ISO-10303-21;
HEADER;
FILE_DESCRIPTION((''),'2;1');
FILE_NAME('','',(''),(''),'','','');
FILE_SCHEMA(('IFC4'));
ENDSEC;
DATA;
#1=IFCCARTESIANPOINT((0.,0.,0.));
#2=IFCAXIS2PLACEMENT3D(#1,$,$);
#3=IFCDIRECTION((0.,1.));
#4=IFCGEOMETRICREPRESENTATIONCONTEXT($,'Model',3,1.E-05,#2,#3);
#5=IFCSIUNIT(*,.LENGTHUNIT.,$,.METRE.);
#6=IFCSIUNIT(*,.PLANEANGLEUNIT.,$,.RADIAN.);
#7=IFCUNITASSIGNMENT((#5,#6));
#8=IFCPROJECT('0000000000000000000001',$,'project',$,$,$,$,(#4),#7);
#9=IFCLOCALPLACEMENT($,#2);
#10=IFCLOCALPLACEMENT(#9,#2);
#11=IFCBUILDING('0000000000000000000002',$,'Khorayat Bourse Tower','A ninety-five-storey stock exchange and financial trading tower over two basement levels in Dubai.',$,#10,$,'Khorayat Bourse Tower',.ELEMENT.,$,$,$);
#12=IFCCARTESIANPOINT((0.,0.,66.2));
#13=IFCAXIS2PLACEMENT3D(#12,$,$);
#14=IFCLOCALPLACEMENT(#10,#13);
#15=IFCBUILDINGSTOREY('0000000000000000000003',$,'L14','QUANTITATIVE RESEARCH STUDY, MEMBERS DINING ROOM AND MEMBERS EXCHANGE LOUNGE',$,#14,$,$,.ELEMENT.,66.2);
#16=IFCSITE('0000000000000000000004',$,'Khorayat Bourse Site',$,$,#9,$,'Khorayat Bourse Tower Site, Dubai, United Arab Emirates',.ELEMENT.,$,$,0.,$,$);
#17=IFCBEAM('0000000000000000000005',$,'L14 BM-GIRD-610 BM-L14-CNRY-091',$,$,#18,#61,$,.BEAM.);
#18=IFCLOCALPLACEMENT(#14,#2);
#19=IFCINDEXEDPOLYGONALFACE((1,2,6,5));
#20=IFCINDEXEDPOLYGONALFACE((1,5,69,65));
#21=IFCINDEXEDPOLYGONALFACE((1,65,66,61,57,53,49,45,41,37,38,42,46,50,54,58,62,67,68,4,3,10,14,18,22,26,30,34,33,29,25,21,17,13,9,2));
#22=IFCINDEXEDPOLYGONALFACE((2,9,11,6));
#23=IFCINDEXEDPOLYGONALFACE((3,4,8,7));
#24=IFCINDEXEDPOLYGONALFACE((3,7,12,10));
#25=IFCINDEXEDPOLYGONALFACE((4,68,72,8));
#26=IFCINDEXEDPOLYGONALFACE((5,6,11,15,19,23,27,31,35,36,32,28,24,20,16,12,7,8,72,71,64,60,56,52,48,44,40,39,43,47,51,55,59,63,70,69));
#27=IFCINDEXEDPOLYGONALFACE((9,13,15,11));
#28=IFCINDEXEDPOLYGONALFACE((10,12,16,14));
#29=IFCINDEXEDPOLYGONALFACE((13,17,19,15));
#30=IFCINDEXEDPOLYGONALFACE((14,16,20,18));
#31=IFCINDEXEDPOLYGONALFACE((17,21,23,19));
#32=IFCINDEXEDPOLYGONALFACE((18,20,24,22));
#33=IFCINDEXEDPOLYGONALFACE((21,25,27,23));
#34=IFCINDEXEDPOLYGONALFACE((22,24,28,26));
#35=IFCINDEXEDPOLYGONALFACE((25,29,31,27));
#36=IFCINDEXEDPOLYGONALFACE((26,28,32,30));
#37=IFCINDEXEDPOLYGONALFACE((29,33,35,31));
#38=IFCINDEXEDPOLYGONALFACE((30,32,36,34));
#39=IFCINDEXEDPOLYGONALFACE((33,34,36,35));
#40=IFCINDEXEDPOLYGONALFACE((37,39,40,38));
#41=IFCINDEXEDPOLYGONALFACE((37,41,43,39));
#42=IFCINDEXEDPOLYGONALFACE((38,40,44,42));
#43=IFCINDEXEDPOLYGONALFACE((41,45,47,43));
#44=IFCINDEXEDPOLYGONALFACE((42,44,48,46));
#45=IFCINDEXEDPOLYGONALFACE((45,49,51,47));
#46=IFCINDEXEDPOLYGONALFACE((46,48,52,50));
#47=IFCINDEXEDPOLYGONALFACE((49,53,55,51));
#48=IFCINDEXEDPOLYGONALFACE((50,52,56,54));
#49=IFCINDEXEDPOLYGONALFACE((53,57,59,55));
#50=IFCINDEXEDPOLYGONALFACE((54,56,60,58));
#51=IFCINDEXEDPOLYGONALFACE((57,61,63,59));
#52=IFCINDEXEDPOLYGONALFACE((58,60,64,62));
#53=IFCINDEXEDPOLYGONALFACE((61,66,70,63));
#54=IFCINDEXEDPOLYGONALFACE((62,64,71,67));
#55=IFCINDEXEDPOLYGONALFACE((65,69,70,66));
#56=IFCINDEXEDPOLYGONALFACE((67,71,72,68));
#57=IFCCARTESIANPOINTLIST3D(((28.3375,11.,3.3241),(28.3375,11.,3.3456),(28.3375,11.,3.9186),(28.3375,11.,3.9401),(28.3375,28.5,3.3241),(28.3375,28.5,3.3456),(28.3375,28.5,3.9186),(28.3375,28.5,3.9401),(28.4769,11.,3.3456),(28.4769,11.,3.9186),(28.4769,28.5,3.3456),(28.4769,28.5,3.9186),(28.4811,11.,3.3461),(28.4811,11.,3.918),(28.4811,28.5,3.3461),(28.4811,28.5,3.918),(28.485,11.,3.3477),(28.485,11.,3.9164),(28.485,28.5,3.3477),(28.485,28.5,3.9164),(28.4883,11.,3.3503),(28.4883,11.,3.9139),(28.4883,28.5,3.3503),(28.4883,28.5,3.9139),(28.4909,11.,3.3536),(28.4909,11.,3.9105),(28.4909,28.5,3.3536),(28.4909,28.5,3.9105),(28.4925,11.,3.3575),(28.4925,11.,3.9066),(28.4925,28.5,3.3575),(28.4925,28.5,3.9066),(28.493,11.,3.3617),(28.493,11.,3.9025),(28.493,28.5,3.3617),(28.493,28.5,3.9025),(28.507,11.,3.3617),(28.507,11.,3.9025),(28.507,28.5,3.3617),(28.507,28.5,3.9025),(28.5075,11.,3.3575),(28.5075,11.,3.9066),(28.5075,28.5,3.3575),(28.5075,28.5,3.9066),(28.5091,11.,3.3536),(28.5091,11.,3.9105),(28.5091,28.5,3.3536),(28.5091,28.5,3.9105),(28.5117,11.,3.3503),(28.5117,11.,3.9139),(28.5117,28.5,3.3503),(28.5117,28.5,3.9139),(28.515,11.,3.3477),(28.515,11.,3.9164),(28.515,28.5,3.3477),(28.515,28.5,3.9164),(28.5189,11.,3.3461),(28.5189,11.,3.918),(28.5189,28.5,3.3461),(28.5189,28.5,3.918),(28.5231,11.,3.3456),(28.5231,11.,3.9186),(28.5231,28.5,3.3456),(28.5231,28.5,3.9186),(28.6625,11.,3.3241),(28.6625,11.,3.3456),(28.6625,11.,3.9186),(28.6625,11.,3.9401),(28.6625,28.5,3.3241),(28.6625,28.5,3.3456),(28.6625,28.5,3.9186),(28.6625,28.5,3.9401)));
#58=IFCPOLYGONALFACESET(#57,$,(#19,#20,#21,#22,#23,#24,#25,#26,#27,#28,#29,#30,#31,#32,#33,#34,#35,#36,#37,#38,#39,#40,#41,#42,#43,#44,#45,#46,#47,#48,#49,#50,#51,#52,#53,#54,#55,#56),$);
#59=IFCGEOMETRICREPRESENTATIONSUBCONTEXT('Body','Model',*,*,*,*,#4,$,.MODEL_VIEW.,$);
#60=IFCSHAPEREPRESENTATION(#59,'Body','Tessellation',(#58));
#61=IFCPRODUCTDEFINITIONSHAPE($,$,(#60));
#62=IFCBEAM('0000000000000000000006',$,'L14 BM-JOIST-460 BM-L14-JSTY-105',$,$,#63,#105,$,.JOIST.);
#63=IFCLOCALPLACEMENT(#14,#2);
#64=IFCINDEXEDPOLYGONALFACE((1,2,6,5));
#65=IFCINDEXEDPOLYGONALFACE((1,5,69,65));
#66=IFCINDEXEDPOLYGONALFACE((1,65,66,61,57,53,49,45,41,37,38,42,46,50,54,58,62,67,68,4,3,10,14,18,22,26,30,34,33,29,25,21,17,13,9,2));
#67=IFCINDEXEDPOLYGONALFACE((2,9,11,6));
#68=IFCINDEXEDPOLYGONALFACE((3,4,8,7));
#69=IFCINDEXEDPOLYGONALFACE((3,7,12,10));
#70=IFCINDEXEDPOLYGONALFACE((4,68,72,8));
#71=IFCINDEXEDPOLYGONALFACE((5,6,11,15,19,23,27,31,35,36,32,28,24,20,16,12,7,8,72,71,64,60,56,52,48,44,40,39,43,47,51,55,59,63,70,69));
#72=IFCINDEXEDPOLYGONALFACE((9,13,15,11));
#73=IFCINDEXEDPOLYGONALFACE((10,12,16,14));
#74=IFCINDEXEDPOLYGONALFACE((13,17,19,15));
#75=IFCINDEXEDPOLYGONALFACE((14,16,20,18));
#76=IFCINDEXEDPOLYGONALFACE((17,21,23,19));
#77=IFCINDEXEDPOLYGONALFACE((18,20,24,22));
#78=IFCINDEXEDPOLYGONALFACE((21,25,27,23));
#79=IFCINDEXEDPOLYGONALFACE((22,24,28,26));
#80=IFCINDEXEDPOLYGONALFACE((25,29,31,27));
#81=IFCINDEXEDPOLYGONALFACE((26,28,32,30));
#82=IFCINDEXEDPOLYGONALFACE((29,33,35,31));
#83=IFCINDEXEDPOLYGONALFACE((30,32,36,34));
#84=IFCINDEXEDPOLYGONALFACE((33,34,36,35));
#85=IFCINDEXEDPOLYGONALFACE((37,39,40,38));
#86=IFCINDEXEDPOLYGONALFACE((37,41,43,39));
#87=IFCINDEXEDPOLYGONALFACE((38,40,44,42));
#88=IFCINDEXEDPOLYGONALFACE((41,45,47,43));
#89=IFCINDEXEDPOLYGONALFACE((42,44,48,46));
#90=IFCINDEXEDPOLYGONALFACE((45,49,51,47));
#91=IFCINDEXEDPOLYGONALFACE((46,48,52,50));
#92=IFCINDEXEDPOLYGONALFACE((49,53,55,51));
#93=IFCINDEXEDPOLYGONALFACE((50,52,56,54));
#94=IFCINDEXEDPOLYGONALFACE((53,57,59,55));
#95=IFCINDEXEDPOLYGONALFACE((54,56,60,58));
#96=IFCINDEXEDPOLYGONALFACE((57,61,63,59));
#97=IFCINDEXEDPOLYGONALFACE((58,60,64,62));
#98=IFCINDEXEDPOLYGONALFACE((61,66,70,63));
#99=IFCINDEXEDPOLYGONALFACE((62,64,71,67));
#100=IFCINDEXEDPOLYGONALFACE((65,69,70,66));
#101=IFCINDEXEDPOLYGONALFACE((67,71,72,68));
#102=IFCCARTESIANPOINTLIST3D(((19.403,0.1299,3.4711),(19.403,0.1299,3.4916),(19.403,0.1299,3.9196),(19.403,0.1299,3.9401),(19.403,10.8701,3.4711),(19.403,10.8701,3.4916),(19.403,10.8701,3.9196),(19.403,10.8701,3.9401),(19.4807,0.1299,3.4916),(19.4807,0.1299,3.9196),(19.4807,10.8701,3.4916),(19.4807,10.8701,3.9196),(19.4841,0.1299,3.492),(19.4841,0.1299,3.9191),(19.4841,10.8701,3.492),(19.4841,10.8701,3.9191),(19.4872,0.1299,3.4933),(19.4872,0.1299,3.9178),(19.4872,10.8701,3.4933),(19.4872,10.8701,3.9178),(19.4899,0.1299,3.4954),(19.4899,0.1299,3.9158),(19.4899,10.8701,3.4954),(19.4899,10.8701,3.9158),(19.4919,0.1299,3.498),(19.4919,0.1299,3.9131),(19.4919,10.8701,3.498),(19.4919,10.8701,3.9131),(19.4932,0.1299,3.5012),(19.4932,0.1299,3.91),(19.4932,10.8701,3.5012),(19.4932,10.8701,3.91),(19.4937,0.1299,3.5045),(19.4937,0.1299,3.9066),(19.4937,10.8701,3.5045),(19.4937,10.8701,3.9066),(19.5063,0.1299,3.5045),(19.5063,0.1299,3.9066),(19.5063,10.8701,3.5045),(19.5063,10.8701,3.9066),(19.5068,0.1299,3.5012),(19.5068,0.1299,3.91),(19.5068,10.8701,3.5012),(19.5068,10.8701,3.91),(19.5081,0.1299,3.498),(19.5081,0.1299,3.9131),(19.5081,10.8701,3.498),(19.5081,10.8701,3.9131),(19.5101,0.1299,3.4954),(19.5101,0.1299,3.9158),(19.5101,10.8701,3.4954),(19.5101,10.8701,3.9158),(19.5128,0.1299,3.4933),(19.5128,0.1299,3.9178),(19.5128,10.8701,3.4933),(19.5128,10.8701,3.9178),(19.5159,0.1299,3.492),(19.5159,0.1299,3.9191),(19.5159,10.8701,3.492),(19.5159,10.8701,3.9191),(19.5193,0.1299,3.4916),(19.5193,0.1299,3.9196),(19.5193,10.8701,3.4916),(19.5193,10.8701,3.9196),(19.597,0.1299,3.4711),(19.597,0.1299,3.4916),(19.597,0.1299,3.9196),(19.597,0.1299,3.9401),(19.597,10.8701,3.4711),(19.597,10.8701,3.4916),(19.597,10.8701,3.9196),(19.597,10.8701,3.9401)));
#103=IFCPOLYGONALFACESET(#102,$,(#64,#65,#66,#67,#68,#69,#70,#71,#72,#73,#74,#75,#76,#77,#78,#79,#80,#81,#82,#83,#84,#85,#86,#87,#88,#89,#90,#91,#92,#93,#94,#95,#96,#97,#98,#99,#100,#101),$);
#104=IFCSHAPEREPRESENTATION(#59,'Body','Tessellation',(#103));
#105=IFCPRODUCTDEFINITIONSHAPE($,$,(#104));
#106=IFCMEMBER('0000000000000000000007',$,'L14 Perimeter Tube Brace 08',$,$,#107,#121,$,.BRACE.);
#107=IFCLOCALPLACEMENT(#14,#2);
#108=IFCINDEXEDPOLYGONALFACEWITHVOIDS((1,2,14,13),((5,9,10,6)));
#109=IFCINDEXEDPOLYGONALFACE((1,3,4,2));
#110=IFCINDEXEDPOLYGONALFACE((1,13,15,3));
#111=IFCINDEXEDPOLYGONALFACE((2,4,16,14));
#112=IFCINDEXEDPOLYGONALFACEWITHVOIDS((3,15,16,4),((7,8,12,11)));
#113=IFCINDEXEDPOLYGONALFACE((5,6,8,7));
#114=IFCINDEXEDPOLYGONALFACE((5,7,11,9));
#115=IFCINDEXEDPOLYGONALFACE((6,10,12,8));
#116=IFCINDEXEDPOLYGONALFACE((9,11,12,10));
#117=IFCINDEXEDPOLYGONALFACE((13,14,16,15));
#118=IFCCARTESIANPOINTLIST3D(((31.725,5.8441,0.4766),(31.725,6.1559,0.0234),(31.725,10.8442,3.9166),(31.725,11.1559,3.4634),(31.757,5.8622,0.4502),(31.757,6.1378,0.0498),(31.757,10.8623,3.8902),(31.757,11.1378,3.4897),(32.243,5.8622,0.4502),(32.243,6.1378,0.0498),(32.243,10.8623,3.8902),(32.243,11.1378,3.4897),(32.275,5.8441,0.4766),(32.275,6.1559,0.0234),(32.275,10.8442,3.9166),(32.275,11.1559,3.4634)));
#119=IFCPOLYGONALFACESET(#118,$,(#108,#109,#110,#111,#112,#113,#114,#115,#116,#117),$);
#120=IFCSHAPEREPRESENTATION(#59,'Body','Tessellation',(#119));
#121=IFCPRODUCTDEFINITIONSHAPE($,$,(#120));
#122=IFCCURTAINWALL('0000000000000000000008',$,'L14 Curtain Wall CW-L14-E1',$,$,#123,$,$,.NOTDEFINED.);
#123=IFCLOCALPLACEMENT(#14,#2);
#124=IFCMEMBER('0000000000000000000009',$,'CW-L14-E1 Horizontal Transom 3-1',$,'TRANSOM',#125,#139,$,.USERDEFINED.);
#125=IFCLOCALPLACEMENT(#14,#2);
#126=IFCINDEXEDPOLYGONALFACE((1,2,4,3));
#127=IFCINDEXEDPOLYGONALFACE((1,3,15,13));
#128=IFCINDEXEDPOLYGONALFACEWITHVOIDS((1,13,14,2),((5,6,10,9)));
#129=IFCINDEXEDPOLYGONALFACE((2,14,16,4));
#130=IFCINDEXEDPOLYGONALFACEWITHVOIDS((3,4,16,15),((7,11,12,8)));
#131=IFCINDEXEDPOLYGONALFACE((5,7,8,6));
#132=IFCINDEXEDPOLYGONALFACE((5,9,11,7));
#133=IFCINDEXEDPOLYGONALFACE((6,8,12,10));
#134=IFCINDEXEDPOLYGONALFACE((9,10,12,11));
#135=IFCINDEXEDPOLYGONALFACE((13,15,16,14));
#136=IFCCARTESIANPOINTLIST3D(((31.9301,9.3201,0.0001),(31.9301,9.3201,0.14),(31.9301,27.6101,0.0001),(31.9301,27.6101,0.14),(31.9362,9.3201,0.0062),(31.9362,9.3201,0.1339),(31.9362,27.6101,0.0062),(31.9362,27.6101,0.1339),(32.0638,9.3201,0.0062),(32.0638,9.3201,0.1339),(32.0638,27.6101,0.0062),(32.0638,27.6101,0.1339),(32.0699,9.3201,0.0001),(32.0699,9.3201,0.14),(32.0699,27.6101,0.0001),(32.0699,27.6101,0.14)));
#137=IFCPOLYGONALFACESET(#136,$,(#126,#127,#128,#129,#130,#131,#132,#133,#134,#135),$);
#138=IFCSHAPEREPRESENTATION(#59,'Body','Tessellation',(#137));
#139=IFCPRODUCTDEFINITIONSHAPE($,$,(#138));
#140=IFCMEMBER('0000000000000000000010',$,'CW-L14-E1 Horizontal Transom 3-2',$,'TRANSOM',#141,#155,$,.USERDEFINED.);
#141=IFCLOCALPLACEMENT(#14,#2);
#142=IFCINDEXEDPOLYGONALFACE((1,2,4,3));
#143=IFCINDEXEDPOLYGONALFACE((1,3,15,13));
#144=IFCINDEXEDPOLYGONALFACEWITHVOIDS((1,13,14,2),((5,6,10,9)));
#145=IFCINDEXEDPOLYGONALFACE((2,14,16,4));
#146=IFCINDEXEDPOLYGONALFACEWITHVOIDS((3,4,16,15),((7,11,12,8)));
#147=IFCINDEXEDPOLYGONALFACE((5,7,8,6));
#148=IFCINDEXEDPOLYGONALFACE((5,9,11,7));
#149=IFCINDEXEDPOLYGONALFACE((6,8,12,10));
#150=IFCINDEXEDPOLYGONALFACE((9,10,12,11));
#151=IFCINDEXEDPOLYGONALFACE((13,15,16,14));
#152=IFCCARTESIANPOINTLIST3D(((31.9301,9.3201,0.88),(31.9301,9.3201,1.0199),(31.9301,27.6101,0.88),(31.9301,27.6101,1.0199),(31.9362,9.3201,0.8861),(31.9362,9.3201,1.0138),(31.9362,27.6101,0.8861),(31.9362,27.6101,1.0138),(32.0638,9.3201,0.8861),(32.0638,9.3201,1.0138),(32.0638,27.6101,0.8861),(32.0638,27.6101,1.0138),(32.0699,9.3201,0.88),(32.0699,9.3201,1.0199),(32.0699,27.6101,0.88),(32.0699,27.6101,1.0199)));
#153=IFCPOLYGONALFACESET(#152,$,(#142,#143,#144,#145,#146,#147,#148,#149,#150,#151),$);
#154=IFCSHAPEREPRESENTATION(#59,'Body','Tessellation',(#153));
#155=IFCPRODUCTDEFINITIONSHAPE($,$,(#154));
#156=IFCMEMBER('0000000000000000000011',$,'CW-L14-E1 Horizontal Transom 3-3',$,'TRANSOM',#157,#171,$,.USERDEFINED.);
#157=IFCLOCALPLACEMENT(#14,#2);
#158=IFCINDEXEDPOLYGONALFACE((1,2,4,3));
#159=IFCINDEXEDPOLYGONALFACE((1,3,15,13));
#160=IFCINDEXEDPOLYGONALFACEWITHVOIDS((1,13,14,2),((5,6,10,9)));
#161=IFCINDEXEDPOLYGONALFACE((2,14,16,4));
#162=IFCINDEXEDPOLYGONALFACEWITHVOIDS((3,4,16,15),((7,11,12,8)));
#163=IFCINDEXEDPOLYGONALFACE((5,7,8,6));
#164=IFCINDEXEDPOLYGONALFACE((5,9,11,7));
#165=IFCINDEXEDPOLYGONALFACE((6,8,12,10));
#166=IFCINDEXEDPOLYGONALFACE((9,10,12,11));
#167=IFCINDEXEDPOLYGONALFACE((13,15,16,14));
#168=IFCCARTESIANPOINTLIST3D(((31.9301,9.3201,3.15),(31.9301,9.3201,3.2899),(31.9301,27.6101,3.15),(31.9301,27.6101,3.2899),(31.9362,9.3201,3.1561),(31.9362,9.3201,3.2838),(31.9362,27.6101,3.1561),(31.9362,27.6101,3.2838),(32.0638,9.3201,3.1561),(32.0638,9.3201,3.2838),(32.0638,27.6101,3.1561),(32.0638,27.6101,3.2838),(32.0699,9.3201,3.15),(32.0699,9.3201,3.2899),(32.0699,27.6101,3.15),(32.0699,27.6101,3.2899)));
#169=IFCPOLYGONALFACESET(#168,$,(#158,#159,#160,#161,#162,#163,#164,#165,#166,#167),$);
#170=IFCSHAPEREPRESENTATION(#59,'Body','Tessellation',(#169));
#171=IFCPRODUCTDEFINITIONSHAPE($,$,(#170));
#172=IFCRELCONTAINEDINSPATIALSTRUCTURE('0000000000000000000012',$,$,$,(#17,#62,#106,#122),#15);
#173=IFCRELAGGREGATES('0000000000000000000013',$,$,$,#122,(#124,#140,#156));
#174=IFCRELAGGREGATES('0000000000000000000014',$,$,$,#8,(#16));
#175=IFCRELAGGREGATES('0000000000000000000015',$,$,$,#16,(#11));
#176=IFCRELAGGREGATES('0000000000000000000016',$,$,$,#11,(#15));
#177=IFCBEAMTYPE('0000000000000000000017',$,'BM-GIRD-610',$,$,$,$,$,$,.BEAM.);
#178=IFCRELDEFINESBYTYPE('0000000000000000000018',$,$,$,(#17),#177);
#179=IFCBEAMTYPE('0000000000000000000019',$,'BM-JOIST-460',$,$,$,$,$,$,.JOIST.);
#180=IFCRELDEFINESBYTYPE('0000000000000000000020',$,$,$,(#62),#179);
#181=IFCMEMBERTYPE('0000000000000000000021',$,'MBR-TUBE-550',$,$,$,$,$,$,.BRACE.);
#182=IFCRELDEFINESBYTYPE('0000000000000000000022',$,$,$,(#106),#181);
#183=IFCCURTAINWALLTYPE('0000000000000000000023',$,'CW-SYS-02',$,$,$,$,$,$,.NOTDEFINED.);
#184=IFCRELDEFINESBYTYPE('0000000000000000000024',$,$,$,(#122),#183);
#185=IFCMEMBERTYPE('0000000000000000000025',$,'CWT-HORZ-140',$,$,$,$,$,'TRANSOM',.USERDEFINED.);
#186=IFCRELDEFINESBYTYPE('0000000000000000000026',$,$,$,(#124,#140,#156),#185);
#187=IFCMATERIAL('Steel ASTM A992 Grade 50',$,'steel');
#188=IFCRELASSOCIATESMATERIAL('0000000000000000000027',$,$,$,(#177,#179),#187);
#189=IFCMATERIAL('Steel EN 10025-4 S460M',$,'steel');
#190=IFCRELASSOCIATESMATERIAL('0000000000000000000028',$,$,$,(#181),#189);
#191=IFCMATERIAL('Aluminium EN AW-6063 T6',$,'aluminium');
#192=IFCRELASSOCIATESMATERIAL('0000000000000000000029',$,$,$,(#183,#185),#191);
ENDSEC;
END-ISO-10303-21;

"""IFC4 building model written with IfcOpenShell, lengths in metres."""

from ifc_helpers import new_model, si_unit, direction, frame, origin, origin_2d, place, context, subcontext, project, spatial, hollow_rectangle, i_section, extrude, source, transform, mapped, material, material_profile, profile_set, type_object, element, aggregate, save


model = new_model("IFC4")

# Units and contexts
model_context = context("Model", 3, precision=1e-05, world=origin(), true_north=direction((0.0, 1.0)))
body_context = subcontext(model_context, "Body", "Model", "MODEL_VIEW")
ifc_project = project(units=[si_unit("LENGTHUNIT", "METRE"), si_unit("PLANEANGLEUNIT", "RADIAN")], contexts=[model_context])

# Site, building, storey
site_placement = place(None, origin())
site = spatial("IfcSite", under=ifc_project, at=site_placement, Name="Khorayat Bourse Site", LongName="Khorayat Bourse Tower Site, Dubai, United Arab Emirates", CompositionType="ELEMENT", RefElevation=0.0)
building_placement = place(site_placement, origin())
building = spatial("IfcBuilding", under=site, at=building_placement, Name="Khorayat Bourse Tower", Description="A ninety-five-storey stock exchange and financial trading tower over two basement levels in Dubai.", LongName="Khorayat Bourse Tower", CompositionType="ELEMENT")
storey_placement = place(building_placement, frame((0.0, 0.0, 66.2)))
storey = spatial("IfcBuildingStorey", under=building, at=storey_placement, Name="L14", Description="QUANTITATIVE RESEARCH STUDY, MEMBERS DINING ROOM AND MEMBERS EXCHANGE LOUNGE", CompositionType="ELEMENT", Elevation=66.2)

# Shared definitions
ifc_material_1 = material(Name="Steel EN 10025-4 S460M", Category="steel")

# Beams
ifc_material_2 = material(Name="Steel ASTM A992 Grade 50", Category="steel")
ifc_material_profile_1 = material_profile(ifc_material_2, i_section(OverallWidth=0.325, OverallDepth=0.616, WebThickness=0.0139, FlangeThickness=0.0215, FilletRadius=0.0161, at=origin_2d()), Name="W610X174")
ifc_profile_set_1 = profile_set([ifc_material_profile_1], Name="Steel ASTM A992 Grade 50")
beam_type_1 = type_object("IfcBeamType", Name="BM-GIRD-610", PredefinedType="BEAM", material=ifc_profile_set_1)
shared_shape_1 = source(origin(), body_context, "Body", "SweptSolid", [
    extrude(i_section(OverallWidth=0.325, OverallDepth=0.616, WebThickness=0.0139, FlangeThickness=0.0215, FilletRadius=0.0161, at=origin_2d()), origin(), (0.0, 0.0, 1.0), 17.5),
])
beam_1_placement = place(storey_placement, frame((28.5, 11.0, 3.6321), z_axis=(0.0, 1.0, 0.0), x_axis=(-1.0, 0.0, 0.0)))
element("IfcBeam", 1, at=beam_1_placement, inside=storey, type_object=beam_type_1, Name="L14 BM-GIRD-610 BM-L14-CNRY-091", PredefinedType="BEAM", context=body_context, shape_type="MappedRepresentation", body=[
    mapped(shared_shape_1, transform((0.0, 0.0, 0.0), scale=1.0)),
])
ifc_material_profile_2 = material_profile(ifc_material_2, i_section(OverallWidth=0.1941, OverallDepth=0.469, WebThickness=0.0127, FlangeThickness=0.0205, FilletRadius=0.0129, at=origin_2d()), Name="W460X106")
ifc_profile_set_2 = profile_set([ifc_material_profile_2], Name="Steel ASTM A992 Grade 50")
beam_type_2 = type_object("IfcBeamType", Name="BM-JOIST-460", PredefinedType="JOIST", material=ifc_profile_set_2)
shared_shape_2 = source(origin(), body_context, "Body", "SweptSolid", [
    extrude(i_section(OverallWidth=0.1941, OverallDepth=0.469, WebThickness=0.0127, FlangeThickness=0.0205, FilletRadius=0.0129, at=origin_2d()), origin(), (0.0, 0.0, 1.0), 10.7402),
])
beam_2_placement = place(storey_placement, frame((19.5, 0.1299, 3.7056), z_axis=(0.0, 1.0, 0.0), x_axis=(-1.0, 0.0, 0.0)))
element("IfcBeam", 2, at=beam_2_placement, inside=storey, type_object=beam_type_2, Name="L14 BM-JOIST-460 BM-L14-JSTY-105", PredefinedType="JOIST", context=body_context, shape_type="MappedRepresentation", body=[
    mapped(shared_shape_2, transform((0.0, 0.0, 0.0), scale=1.0)),
])

# Member
ifc_material_profile_3 = material_profile(ifc_material_1, hollow_rectangle(XDim=0.55, YDim=0.55, WallThickness=0.032, at=origin_2d()), Name="HSS 550x550x32")
ifc_profile_set_3 = profile_set([ifc_material_profile_3], Name="Steel EN 10025-4 S460M")
member_type_1 = type_object("IfcMemberType", Name="MBR-TUBE-550", PredefinedType="BRACE", material=ifc_profile_set_3)
shared_shape_3 = source(origin(), body_context, "Body", "SweptSolid", [
    extrude(hollow_rectangle(XDim=0.55, YDim=0.55, WallThickness=0.032, at=origin_2d()), origin(), (0.0, 0.0, 1.0), 6.0691),
])
member_1_placement = place(storey_placement, frame((32.0, 6.0, 0.25), z_axis=(0.0, 0.823854, 0.566802), x_axis=(-1.0, 0.0, 0.0)))
element("IfcMember", 3, at=member_1_placement, inside=storey, type_object=member_type_1, Name="L14 Perimeter Tube Brace 08", PredefinedType="BRACE", context=body_context, shape_type="MappedRepresentation", body=[
    mapped(shared_shape_3, transform((0.0, 0.0, 0.0), scale=1.0)),
])

# Curtain wall, members
ifc_material_3 = material(Name="Aluminium EN AW-6063 T6", Category="aluminium")
curtain_wall_type = type_object("IfcCurtainWallType", Name="CW-SYS-02", PredefinedType="NOTDEFINED", material=ifc_material_3)
curtain_wall_placement = place(storey_placement, origin())
curtain_wall = element("IfcCurtainWall", 4, at=curtain_wall_placement, inside=storey, type_object=curtain_wall_type, Name="L14 Curtain Wall CW-L14-E1", PredefinedType="NOTDEFINED")
ifc_material_profile_4 = material_profile(ifc_material_3, hollow_rectangle(XDim=0.1399, YDim=0.1399, WallThickness=0.0061, at=origin_2d()), Name="ALU 140x140x6")
ifc_profile_set_4 = profile_set([ifc_material_profile_4], Name="Aluminium EN AW-6063 T6")
member_type_2 = type_object("IfcMemberType", Name="CWT-HORZ-140", ElementType="TRANSOM", PredefinedType="USERDEFINED", material=ifc_profile_set_4)
shared_shape_4 = source(origin(), body_context, "Body", "SweptSolid", [
    extrude(hollow_rectangle(XDim=0.1399, YDim=0.1399, WallThickness=0.0061, at=origin_2d()), origin(), (0.0, 0.0, 1.0), 18.29),
])
member_2_placement = place(storey_placement, frame((32.0, 9.3201, 0.0701), z_axis=(0.0, 1.0, 0.0), x_axis=(-1.0, 0.0, 0.0)))
member_2 = element("IfcMember", 5, at=member_2_placement, type_object=member_type_2, Name="CW-L14-E1 Horizontal Transom 3-1", ObjectType="TRANSOM", PredefinedType="USERDEFINED", context=body_context, shape_type="MappedRepresentation", body=[
    mapped(shared_shape_4, transform((0.0, 0.0, 0.0), scale=1.0)),
])
member_3_placement = place(storey_placement, frame((32.0, 9.3201, 0.95), z_axis=(0.0, 1.0, 0.0), x_axis=(-1.0, 0.0, 0.0)))
member_3 = element("IfcMember", 6, at=member_3_placement, type_object=member_type_2, Name="CW-L14-E1 Horizontal Transom 3-2", ObjectType="TRANSOM", PredefinedType="USERDEFINED", context=body_context, shape_type="MappedRepresentation", body=[
    mapped(shared_shape_4, transform((0.0, 0.0, 0.0), scale=1.0)),
])
member_4_placement = place(storey_placement, frame((32.0, 9.3201, 3.22), z_axis=(0.0, 1.0, 0.0), x_axis=(-1.0, 0.0, 0.0)))
member_4 = element("IfcMember", 7, at=member_4_placement, type_object=member_type_2, Name="CW-L14-E1 Horizontal Transom 3-3", ObjectType="TRANSOM", PredefinedType="USERDEFINED", context=body_context, shape_type="MappedRepresentation", body=[
    mapped(shared_shape_4, transform((0.0, 0.0, 0.0), scale=1.0)),
])

aggregate(curtain_wall, [member_2, member_3, member_4])

save(model, "model.ifc")
